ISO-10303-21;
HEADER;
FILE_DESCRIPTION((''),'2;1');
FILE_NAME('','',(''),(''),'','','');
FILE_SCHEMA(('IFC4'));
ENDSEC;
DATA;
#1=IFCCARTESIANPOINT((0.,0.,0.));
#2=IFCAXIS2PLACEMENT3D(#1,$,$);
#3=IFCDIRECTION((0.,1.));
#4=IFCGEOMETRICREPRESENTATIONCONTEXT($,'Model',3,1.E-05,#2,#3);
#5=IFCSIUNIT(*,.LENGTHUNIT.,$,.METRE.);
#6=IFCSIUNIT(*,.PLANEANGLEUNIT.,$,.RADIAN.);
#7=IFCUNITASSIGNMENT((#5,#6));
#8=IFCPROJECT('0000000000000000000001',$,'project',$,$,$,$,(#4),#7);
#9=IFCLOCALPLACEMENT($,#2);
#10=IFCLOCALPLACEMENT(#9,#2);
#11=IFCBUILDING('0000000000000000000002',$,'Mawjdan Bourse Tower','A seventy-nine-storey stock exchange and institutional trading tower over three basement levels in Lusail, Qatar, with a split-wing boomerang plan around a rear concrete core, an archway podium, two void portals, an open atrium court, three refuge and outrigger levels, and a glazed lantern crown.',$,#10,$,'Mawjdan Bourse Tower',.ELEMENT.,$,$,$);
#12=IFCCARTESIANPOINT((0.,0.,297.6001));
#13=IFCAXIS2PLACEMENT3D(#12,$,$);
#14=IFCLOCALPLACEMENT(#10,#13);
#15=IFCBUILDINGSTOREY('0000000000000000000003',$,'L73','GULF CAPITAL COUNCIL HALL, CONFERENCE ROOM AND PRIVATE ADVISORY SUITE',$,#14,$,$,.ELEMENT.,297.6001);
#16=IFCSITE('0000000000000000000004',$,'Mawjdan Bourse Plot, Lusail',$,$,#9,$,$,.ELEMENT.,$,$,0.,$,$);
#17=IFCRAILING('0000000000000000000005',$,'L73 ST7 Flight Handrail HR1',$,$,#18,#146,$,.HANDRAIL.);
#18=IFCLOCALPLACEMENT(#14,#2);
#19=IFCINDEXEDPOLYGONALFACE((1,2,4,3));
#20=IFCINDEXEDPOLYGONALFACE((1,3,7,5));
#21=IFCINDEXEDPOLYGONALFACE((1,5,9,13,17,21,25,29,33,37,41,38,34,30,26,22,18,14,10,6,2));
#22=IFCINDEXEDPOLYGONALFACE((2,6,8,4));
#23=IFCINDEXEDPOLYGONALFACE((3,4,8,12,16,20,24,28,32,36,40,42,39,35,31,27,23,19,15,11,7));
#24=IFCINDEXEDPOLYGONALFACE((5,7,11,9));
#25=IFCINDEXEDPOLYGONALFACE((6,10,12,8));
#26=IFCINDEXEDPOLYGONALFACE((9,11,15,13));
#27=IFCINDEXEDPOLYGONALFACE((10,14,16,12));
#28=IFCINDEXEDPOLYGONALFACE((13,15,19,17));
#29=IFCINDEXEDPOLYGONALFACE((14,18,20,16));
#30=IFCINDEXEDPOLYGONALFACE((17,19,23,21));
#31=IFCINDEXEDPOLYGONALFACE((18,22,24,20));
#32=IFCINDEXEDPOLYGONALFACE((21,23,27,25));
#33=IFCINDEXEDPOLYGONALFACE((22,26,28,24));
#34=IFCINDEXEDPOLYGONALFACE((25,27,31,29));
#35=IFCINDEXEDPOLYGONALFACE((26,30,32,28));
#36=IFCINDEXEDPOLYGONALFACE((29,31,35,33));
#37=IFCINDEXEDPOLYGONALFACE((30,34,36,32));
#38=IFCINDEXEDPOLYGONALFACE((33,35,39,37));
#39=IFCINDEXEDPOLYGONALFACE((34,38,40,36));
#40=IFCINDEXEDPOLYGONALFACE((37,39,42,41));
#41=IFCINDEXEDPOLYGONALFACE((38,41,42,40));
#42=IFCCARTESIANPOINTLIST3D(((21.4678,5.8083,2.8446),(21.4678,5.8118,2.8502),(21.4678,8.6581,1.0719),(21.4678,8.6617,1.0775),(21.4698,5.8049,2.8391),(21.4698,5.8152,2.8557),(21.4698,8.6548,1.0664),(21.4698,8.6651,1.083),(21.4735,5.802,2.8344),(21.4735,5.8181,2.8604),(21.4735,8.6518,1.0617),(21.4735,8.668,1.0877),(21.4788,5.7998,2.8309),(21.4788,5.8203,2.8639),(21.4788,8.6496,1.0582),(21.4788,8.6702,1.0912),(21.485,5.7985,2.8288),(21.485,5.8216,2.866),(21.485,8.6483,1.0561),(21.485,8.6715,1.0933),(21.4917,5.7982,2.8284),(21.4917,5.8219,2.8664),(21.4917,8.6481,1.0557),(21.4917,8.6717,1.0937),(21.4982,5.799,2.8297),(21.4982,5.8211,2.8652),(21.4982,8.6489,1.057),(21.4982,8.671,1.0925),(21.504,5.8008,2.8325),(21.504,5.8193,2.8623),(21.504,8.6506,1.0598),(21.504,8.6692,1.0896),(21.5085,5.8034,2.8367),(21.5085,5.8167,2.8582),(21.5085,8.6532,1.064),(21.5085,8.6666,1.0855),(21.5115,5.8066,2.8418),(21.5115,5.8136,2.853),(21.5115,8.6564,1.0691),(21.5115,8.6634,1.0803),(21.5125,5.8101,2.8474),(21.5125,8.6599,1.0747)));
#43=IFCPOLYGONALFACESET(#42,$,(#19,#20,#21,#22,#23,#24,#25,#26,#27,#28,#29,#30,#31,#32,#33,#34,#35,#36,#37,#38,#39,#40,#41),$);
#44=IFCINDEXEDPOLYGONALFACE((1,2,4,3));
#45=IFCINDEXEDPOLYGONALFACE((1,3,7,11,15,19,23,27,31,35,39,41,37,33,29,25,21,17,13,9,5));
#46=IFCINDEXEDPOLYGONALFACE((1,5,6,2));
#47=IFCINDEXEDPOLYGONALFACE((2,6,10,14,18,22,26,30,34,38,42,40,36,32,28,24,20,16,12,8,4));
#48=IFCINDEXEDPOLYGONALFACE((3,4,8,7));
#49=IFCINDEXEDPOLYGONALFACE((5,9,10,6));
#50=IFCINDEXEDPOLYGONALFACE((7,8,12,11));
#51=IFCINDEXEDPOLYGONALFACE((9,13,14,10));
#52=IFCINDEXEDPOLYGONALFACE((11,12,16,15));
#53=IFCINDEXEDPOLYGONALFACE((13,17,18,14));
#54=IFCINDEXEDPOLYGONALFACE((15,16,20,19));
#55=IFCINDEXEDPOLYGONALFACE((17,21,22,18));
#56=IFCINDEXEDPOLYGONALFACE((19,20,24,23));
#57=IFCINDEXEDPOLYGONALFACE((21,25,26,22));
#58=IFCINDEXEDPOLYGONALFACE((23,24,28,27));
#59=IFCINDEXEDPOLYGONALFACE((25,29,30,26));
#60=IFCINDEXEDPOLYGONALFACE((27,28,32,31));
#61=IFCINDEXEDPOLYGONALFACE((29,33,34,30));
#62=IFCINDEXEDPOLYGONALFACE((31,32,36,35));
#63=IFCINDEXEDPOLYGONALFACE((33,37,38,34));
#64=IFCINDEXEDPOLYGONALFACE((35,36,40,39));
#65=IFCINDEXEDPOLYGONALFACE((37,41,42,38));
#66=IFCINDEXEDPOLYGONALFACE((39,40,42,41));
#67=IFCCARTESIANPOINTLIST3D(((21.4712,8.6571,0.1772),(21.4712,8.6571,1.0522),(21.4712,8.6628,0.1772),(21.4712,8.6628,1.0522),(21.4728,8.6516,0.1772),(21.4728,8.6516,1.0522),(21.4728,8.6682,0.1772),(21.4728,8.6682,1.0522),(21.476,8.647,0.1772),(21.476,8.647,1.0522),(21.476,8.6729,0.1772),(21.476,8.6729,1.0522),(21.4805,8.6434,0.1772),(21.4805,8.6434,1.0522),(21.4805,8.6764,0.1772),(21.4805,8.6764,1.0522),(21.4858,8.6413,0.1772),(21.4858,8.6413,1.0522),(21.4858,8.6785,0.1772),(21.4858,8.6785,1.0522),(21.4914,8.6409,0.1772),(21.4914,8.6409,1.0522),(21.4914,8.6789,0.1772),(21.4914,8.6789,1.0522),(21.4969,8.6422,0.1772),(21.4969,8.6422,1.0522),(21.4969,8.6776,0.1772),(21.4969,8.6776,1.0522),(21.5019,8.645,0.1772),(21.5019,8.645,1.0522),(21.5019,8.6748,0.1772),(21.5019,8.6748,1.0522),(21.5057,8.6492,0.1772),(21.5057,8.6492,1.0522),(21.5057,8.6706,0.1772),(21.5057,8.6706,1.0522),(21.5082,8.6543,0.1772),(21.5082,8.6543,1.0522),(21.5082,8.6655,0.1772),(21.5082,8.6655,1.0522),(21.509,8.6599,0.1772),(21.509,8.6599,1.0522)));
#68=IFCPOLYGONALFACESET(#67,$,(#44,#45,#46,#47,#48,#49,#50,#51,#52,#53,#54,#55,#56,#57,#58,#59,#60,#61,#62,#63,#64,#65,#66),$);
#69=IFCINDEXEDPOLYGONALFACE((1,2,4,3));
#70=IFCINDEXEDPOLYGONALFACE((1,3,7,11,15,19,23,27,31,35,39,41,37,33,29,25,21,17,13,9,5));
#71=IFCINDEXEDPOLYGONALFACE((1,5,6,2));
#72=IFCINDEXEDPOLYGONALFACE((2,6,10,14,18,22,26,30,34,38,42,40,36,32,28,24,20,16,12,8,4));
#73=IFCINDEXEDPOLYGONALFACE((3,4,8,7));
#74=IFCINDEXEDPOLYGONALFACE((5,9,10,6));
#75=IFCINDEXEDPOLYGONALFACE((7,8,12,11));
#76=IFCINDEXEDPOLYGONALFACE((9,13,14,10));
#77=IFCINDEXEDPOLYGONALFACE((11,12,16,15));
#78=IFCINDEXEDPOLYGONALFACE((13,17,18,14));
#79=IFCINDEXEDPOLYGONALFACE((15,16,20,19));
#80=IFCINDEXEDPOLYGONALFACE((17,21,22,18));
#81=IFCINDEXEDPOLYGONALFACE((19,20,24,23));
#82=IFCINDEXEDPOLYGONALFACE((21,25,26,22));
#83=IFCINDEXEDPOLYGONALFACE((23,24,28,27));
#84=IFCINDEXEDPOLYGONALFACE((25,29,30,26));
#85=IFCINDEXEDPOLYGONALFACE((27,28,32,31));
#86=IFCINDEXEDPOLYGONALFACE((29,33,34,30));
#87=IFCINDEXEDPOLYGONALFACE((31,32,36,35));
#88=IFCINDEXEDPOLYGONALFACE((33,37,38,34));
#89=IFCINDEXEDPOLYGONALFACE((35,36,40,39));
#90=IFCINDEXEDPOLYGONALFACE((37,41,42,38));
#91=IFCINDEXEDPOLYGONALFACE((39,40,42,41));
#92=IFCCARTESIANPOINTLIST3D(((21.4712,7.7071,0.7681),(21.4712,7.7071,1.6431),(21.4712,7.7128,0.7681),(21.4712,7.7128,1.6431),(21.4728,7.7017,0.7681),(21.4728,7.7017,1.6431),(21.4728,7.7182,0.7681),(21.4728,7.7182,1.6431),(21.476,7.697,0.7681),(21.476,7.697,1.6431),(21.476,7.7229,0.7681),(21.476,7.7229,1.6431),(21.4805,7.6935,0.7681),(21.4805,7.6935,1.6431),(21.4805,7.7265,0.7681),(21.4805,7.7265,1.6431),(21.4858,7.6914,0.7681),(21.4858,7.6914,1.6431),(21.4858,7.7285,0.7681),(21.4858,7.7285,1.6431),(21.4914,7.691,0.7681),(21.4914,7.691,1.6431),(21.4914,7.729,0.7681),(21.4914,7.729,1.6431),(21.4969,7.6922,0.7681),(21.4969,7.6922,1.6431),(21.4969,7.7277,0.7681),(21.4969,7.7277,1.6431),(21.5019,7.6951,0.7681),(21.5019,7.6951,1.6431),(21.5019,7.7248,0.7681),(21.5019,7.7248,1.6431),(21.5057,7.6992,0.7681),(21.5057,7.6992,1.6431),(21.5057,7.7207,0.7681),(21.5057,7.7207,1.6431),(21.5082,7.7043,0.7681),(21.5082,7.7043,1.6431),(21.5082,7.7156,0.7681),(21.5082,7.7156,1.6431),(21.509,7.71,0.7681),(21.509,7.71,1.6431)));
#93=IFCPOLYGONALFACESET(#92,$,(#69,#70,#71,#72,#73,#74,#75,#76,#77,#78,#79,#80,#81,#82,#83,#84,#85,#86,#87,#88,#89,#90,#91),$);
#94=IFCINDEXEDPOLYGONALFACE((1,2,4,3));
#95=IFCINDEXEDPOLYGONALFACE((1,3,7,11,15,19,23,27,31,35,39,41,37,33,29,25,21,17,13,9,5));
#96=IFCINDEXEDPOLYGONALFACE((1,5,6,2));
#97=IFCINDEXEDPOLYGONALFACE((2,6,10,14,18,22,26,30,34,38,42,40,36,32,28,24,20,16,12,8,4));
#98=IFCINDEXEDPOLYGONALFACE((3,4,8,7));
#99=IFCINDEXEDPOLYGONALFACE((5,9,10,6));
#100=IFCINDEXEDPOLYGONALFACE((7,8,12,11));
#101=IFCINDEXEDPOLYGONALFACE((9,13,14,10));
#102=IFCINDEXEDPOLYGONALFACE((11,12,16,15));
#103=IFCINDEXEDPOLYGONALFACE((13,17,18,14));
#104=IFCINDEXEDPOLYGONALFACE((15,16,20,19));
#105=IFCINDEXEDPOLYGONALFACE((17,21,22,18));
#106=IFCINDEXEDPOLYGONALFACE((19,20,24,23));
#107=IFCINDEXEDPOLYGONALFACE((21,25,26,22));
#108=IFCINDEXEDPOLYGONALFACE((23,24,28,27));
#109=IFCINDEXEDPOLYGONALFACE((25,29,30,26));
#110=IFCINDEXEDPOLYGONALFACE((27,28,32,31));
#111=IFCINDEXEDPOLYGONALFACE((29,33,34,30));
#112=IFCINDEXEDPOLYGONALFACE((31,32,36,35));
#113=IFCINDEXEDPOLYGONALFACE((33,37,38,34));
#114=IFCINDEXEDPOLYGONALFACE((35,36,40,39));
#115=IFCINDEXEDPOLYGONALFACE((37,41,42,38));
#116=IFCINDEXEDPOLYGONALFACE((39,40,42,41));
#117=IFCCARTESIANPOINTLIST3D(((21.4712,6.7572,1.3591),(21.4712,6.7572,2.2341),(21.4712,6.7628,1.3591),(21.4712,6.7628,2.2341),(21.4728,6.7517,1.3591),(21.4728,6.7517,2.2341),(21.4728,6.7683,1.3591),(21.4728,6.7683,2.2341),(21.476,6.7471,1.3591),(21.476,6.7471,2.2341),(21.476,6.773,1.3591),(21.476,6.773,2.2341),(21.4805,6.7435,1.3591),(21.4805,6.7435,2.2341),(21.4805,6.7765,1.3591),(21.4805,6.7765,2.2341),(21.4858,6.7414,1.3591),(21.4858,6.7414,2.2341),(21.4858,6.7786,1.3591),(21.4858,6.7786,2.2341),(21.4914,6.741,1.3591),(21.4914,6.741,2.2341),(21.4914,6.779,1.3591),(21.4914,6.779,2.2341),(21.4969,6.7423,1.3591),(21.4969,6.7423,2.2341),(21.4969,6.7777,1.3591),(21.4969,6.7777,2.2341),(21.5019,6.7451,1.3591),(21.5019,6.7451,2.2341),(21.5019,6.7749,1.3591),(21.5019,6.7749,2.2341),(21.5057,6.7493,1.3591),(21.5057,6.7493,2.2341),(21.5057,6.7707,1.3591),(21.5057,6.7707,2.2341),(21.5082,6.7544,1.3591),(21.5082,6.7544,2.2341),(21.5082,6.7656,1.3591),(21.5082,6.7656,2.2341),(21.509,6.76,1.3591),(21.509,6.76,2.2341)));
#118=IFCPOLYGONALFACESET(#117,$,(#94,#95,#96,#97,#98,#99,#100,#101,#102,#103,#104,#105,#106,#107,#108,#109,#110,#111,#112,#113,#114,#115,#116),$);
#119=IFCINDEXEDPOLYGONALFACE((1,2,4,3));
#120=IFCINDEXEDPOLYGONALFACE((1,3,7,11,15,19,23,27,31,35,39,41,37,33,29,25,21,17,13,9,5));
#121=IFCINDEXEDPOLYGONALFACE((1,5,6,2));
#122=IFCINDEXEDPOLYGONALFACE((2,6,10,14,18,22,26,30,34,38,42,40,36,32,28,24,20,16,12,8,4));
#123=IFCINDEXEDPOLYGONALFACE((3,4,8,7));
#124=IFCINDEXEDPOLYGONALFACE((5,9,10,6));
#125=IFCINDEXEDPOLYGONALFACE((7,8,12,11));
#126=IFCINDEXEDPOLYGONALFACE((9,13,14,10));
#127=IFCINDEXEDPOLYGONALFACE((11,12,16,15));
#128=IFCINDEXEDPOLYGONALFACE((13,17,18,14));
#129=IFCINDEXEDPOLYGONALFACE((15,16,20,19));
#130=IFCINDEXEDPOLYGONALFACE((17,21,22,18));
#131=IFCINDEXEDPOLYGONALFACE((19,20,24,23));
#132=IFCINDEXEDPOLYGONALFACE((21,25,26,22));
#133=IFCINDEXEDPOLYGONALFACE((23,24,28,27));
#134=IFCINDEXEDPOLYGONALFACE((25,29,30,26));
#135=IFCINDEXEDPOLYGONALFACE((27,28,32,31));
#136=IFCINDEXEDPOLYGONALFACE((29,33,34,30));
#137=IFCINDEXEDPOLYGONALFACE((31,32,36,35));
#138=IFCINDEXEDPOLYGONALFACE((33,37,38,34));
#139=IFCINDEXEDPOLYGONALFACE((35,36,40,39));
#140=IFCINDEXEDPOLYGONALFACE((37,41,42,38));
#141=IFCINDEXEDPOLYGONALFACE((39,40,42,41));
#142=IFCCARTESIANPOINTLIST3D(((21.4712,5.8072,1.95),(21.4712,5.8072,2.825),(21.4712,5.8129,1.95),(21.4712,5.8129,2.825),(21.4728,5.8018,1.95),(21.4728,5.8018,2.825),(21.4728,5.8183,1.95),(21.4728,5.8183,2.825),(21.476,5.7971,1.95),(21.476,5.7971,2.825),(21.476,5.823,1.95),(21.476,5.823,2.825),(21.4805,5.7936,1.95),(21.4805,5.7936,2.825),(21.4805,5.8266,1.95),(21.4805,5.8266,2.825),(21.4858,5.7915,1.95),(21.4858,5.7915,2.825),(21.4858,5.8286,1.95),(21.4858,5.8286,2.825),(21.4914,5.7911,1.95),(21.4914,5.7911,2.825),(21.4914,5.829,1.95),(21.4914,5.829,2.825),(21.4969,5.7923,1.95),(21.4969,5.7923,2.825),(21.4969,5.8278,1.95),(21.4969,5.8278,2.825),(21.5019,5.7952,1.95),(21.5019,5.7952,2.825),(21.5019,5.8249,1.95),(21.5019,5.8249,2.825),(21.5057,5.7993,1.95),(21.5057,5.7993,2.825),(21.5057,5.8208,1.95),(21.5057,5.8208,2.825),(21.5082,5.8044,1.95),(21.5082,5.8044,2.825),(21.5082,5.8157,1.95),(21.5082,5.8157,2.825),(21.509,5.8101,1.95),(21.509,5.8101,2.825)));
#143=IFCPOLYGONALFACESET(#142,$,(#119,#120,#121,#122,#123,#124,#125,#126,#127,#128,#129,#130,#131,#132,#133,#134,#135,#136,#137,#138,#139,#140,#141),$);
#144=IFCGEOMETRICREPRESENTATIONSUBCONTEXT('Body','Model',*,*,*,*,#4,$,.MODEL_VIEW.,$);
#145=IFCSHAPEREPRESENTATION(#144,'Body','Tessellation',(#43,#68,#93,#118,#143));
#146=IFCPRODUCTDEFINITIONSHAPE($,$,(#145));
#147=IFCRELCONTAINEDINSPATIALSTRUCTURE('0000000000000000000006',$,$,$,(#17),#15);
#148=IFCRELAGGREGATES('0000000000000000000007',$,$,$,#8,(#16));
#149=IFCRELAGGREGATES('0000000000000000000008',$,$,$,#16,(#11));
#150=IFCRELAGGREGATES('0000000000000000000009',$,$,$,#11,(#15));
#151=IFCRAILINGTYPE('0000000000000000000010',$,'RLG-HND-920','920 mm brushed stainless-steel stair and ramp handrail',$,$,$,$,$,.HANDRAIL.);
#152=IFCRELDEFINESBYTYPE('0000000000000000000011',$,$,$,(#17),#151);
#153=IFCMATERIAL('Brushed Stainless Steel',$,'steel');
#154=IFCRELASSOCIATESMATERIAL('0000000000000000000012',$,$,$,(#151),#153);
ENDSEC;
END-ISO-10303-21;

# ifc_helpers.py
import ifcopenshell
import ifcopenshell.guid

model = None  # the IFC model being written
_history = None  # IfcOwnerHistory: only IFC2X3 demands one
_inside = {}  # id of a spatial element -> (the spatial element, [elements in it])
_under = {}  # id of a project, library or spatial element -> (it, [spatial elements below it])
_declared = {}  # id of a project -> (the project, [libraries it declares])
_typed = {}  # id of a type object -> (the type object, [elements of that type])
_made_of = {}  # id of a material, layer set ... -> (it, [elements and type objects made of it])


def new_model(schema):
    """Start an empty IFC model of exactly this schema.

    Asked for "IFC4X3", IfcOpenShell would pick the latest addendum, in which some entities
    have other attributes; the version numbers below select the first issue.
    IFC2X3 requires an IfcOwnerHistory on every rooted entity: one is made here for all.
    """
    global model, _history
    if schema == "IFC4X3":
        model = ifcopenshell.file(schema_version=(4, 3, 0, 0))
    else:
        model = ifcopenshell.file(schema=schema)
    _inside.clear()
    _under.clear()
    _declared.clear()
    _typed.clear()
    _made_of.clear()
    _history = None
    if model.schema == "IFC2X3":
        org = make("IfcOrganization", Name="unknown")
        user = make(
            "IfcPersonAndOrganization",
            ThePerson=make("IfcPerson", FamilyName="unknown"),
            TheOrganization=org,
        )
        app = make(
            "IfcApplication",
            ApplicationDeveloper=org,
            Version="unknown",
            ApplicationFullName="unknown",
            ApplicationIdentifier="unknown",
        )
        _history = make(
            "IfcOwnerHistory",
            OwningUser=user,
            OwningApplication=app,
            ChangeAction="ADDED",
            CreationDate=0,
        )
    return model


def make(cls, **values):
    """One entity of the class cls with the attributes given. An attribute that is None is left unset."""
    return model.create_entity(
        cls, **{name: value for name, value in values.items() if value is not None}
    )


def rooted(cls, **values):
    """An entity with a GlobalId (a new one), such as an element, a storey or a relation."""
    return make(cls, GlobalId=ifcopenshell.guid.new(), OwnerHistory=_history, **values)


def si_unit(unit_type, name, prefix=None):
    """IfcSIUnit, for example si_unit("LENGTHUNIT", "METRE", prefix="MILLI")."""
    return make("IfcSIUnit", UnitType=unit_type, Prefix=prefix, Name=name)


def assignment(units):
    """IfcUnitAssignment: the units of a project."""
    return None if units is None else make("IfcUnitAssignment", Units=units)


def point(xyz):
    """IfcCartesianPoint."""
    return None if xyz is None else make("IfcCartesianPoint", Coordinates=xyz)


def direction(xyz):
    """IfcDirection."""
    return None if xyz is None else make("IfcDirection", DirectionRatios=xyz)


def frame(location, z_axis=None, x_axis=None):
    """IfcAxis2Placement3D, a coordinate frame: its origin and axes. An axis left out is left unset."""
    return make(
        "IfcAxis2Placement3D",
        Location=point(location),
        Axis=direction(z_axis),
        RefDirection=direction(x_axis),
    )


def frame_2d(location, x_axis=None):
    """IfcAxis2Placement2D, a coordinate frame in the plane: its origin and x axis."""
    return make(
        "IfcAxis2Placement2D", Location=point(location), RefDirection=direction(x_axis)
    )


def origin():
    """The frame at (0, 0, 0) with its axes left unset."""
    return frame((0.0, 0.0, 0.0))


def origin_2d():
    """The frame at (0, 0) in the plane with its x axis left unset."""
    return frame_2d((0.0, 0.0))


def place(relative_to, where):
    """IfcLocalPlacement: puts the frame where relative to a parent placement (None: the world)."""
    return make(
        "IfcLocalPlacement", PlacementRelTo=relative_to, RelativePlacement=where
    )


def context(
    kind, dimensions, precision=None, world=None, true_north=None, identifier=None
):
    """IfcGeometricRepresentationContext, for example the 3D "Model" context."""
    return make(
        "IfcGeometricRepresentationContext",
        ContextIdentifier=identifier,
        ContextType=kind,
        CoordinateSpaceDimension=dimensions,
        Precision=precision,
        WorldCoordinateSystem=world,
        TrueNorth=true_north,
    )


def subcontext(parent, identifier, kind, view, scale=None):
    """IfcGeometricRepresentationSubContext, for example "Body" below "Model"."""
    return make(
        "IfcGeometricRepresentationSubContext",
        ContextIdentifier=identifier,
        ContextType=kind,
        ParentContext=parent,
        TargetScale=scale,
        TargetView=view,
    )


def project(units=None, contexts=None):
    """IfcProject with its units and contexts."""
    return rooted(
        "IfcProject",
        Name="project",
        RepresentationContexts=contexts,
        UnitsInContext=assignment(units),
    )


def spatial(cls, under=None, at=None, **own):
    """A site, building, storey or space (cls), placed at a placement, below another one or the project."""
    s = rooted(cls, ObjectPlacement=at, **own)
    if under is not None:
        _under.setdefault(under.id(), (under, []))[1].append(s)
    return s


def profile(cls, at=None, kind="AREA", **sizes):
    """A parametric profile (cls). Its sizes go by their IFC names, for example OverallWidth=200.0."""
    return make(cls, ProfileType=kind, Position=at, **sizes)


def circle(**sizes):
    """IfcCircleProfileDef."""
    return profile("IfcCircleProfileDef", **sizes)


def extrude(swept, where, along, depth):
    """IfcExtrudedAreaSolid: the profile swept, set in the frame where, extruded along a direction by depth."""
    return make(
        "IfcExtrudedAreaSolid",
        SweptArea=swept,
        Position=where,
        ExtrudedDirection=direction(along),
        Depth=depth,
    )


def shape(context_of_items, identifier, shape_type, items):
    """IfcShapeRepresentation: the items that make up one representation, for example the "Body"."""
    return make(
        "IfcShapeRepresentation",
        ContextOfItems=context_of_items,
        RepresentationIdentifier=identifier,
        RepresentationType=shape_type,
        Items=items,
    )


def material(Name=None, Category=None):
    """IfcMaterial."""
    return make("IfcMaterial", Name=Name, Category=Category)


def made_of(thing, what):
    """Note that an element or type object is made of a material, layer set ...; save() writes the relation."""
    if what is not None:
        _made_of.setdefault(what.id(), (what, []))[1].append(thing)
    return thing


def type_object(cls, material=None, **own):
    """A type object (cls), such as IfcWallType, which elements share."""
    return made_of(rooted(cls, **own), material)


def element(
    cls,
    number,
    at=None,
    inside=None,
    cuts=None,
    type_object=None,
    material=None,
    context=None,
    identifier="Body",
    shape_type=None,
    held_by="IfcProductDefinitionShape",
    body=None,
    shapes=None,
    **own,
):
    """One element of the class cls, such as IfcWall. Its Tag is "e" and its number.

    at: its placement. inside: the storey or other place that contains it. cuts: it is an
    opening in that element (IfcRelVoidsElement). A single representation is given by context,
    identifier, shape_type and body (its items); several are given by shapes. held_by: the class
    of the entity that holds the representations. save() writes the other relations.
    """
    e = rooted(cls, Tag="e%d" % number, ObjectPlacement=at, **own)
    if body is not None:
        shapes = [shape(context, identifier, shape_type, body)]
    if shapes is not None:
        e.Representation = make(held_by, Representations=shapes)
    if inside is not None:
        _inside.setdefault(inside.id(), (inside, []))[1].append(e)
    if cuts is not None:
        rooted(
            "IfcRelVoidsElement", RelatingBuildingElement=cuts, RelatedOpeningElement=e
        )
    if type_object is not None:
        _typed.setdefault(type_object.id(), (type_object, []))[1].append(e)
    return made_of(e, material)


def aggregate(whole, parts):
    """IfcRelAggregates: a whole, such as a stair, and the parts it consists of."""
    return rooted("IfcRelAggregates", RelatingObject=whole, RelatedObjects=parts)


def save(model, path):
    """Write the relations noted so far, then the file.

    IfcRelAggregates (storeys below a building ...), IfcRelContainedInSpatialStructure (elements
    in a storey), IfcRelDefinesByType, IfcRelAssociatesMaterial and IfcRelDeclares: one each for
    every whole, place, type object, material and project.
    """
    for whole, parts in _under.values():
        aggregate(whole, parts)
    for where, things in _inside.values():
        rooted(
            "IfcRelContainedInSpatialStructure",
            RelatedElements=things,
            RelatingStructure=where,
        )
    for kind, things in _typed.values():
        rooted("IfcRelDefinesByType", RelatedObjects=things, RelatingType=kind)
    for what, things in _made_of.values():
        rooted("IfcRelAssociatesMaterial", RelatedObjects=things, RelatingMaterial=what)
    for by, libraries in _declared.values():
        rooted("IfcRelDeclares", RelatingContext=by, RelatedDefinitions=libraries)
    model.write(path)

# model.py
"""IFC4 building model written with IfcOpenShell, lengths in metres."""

from ifc_helpers import new_model, si_unit, direction, frame, origin, origin_2d, place, context, subcontext, project, spatial, circle, extrude, material, type_object, element, save


model = new_model("IFC4")

# Units and contexts
model_context = context("Model", 3, precision=1e-05, world=origin(), true_north=direction((0.0, 1.0)))
body_context = subcontext(model_context, "Body", "Model", "MODEL_VIEW")
ifc_project = project(units=[si_unit("LENGTHUNIT", "METRE"), si_unit("PLANEANGLEUNIT", "RADIAN")], contexts=[model_context])

# Site, building, storey
site_placement = place(None, origin())
site = spatial("IfcSite", under=ifc_project, at=site_placement, Name="Mawjdan Bourse Plot, Lusail", CompositionType="ELEMENT", RefElevation=0.0)
building_placement = place(site_placement, origin())
building = spatial("IfcBuilding", under=site, at=building_placement, Name="Mawjdan Bourse Tower", Description="A seventy-nine-storey stock exchange and institutional trading tower over three basement levels in Lusail, Qatar, with a split-wing boomerang plan around a rear concrete core, an archway podium, two void portals, an open atrium court, three refuge and outrigger levels, and a glazed lantern crown.", LongName="Mawjdan Bourse Tower", CompositionType="ELEMENT")
storey_placement = place(building_placement, frame((0.0, 0.0, 297.6001)))
storey = spatial("IfcBuildingStorey", under=building, at=storey_placement, Name="L73", Description="GULF CAPITAL COUNCIL HALL, CONFERENCE ROOM AND PRIVATE ADVISORY SUITE", CompositionType="ELEMENT", Elevation=297.6001)

# Railing
ifc_material_1 = material(Name="Brushed Stainless Steel", Category="steel")
railing_type_1 = type_object("IfcRailingType", Name="RLG-HND-920", Description="920 mm brushed stainless-steel stair and ramp handrail", PredefinedType="HANDRAIL", material=ifc_material_1)
railing_1_placement = place(storey_placement, frame((21.49, 8.6599, 0.1772)))
element("IfcRailing", 1, at=railing_1_placement, inside=storey, type_object=railing_type_1, Name="L73 ST7 Flight Handrail HR1", PredefinedType="HANDRAIL", context=body_context, shape_type="SweptSolid", body=[
    extrude(circle(Radius=0.0225, at=origin_2d()), frame((0.0, 0.0, 0.8975), z_axis=(0.0, -0.849128, 0.528187), x_axis=(1.0, 0.0, 0.0)), (0.0, 0.0, 1.0), 3.3562),
    extrude(circle(Radius=0.019, at=origin_2d()), origin(), (0.0, 0.0, 1.0), 0.875),
    extrude(circle(Radius=0.019, at=origin_2d()), frame((0.0, -0.95, 0.5908)), (0.0, 0.0, 1.0), 0.875),
    extrude(circle(Radius=0.019, at=origin_2d()), frame((0.0, -1.8999, 1.1819)), (0.0, 0.0, 1.0), 0.875),
    extrude(circle(Radius=0.019, at=origin_2d()), frame((0.0, -2.8499, 1.7727)), (0.0, 0.0, 1.0), 0.875),
])

save(model, "model.ifc")
